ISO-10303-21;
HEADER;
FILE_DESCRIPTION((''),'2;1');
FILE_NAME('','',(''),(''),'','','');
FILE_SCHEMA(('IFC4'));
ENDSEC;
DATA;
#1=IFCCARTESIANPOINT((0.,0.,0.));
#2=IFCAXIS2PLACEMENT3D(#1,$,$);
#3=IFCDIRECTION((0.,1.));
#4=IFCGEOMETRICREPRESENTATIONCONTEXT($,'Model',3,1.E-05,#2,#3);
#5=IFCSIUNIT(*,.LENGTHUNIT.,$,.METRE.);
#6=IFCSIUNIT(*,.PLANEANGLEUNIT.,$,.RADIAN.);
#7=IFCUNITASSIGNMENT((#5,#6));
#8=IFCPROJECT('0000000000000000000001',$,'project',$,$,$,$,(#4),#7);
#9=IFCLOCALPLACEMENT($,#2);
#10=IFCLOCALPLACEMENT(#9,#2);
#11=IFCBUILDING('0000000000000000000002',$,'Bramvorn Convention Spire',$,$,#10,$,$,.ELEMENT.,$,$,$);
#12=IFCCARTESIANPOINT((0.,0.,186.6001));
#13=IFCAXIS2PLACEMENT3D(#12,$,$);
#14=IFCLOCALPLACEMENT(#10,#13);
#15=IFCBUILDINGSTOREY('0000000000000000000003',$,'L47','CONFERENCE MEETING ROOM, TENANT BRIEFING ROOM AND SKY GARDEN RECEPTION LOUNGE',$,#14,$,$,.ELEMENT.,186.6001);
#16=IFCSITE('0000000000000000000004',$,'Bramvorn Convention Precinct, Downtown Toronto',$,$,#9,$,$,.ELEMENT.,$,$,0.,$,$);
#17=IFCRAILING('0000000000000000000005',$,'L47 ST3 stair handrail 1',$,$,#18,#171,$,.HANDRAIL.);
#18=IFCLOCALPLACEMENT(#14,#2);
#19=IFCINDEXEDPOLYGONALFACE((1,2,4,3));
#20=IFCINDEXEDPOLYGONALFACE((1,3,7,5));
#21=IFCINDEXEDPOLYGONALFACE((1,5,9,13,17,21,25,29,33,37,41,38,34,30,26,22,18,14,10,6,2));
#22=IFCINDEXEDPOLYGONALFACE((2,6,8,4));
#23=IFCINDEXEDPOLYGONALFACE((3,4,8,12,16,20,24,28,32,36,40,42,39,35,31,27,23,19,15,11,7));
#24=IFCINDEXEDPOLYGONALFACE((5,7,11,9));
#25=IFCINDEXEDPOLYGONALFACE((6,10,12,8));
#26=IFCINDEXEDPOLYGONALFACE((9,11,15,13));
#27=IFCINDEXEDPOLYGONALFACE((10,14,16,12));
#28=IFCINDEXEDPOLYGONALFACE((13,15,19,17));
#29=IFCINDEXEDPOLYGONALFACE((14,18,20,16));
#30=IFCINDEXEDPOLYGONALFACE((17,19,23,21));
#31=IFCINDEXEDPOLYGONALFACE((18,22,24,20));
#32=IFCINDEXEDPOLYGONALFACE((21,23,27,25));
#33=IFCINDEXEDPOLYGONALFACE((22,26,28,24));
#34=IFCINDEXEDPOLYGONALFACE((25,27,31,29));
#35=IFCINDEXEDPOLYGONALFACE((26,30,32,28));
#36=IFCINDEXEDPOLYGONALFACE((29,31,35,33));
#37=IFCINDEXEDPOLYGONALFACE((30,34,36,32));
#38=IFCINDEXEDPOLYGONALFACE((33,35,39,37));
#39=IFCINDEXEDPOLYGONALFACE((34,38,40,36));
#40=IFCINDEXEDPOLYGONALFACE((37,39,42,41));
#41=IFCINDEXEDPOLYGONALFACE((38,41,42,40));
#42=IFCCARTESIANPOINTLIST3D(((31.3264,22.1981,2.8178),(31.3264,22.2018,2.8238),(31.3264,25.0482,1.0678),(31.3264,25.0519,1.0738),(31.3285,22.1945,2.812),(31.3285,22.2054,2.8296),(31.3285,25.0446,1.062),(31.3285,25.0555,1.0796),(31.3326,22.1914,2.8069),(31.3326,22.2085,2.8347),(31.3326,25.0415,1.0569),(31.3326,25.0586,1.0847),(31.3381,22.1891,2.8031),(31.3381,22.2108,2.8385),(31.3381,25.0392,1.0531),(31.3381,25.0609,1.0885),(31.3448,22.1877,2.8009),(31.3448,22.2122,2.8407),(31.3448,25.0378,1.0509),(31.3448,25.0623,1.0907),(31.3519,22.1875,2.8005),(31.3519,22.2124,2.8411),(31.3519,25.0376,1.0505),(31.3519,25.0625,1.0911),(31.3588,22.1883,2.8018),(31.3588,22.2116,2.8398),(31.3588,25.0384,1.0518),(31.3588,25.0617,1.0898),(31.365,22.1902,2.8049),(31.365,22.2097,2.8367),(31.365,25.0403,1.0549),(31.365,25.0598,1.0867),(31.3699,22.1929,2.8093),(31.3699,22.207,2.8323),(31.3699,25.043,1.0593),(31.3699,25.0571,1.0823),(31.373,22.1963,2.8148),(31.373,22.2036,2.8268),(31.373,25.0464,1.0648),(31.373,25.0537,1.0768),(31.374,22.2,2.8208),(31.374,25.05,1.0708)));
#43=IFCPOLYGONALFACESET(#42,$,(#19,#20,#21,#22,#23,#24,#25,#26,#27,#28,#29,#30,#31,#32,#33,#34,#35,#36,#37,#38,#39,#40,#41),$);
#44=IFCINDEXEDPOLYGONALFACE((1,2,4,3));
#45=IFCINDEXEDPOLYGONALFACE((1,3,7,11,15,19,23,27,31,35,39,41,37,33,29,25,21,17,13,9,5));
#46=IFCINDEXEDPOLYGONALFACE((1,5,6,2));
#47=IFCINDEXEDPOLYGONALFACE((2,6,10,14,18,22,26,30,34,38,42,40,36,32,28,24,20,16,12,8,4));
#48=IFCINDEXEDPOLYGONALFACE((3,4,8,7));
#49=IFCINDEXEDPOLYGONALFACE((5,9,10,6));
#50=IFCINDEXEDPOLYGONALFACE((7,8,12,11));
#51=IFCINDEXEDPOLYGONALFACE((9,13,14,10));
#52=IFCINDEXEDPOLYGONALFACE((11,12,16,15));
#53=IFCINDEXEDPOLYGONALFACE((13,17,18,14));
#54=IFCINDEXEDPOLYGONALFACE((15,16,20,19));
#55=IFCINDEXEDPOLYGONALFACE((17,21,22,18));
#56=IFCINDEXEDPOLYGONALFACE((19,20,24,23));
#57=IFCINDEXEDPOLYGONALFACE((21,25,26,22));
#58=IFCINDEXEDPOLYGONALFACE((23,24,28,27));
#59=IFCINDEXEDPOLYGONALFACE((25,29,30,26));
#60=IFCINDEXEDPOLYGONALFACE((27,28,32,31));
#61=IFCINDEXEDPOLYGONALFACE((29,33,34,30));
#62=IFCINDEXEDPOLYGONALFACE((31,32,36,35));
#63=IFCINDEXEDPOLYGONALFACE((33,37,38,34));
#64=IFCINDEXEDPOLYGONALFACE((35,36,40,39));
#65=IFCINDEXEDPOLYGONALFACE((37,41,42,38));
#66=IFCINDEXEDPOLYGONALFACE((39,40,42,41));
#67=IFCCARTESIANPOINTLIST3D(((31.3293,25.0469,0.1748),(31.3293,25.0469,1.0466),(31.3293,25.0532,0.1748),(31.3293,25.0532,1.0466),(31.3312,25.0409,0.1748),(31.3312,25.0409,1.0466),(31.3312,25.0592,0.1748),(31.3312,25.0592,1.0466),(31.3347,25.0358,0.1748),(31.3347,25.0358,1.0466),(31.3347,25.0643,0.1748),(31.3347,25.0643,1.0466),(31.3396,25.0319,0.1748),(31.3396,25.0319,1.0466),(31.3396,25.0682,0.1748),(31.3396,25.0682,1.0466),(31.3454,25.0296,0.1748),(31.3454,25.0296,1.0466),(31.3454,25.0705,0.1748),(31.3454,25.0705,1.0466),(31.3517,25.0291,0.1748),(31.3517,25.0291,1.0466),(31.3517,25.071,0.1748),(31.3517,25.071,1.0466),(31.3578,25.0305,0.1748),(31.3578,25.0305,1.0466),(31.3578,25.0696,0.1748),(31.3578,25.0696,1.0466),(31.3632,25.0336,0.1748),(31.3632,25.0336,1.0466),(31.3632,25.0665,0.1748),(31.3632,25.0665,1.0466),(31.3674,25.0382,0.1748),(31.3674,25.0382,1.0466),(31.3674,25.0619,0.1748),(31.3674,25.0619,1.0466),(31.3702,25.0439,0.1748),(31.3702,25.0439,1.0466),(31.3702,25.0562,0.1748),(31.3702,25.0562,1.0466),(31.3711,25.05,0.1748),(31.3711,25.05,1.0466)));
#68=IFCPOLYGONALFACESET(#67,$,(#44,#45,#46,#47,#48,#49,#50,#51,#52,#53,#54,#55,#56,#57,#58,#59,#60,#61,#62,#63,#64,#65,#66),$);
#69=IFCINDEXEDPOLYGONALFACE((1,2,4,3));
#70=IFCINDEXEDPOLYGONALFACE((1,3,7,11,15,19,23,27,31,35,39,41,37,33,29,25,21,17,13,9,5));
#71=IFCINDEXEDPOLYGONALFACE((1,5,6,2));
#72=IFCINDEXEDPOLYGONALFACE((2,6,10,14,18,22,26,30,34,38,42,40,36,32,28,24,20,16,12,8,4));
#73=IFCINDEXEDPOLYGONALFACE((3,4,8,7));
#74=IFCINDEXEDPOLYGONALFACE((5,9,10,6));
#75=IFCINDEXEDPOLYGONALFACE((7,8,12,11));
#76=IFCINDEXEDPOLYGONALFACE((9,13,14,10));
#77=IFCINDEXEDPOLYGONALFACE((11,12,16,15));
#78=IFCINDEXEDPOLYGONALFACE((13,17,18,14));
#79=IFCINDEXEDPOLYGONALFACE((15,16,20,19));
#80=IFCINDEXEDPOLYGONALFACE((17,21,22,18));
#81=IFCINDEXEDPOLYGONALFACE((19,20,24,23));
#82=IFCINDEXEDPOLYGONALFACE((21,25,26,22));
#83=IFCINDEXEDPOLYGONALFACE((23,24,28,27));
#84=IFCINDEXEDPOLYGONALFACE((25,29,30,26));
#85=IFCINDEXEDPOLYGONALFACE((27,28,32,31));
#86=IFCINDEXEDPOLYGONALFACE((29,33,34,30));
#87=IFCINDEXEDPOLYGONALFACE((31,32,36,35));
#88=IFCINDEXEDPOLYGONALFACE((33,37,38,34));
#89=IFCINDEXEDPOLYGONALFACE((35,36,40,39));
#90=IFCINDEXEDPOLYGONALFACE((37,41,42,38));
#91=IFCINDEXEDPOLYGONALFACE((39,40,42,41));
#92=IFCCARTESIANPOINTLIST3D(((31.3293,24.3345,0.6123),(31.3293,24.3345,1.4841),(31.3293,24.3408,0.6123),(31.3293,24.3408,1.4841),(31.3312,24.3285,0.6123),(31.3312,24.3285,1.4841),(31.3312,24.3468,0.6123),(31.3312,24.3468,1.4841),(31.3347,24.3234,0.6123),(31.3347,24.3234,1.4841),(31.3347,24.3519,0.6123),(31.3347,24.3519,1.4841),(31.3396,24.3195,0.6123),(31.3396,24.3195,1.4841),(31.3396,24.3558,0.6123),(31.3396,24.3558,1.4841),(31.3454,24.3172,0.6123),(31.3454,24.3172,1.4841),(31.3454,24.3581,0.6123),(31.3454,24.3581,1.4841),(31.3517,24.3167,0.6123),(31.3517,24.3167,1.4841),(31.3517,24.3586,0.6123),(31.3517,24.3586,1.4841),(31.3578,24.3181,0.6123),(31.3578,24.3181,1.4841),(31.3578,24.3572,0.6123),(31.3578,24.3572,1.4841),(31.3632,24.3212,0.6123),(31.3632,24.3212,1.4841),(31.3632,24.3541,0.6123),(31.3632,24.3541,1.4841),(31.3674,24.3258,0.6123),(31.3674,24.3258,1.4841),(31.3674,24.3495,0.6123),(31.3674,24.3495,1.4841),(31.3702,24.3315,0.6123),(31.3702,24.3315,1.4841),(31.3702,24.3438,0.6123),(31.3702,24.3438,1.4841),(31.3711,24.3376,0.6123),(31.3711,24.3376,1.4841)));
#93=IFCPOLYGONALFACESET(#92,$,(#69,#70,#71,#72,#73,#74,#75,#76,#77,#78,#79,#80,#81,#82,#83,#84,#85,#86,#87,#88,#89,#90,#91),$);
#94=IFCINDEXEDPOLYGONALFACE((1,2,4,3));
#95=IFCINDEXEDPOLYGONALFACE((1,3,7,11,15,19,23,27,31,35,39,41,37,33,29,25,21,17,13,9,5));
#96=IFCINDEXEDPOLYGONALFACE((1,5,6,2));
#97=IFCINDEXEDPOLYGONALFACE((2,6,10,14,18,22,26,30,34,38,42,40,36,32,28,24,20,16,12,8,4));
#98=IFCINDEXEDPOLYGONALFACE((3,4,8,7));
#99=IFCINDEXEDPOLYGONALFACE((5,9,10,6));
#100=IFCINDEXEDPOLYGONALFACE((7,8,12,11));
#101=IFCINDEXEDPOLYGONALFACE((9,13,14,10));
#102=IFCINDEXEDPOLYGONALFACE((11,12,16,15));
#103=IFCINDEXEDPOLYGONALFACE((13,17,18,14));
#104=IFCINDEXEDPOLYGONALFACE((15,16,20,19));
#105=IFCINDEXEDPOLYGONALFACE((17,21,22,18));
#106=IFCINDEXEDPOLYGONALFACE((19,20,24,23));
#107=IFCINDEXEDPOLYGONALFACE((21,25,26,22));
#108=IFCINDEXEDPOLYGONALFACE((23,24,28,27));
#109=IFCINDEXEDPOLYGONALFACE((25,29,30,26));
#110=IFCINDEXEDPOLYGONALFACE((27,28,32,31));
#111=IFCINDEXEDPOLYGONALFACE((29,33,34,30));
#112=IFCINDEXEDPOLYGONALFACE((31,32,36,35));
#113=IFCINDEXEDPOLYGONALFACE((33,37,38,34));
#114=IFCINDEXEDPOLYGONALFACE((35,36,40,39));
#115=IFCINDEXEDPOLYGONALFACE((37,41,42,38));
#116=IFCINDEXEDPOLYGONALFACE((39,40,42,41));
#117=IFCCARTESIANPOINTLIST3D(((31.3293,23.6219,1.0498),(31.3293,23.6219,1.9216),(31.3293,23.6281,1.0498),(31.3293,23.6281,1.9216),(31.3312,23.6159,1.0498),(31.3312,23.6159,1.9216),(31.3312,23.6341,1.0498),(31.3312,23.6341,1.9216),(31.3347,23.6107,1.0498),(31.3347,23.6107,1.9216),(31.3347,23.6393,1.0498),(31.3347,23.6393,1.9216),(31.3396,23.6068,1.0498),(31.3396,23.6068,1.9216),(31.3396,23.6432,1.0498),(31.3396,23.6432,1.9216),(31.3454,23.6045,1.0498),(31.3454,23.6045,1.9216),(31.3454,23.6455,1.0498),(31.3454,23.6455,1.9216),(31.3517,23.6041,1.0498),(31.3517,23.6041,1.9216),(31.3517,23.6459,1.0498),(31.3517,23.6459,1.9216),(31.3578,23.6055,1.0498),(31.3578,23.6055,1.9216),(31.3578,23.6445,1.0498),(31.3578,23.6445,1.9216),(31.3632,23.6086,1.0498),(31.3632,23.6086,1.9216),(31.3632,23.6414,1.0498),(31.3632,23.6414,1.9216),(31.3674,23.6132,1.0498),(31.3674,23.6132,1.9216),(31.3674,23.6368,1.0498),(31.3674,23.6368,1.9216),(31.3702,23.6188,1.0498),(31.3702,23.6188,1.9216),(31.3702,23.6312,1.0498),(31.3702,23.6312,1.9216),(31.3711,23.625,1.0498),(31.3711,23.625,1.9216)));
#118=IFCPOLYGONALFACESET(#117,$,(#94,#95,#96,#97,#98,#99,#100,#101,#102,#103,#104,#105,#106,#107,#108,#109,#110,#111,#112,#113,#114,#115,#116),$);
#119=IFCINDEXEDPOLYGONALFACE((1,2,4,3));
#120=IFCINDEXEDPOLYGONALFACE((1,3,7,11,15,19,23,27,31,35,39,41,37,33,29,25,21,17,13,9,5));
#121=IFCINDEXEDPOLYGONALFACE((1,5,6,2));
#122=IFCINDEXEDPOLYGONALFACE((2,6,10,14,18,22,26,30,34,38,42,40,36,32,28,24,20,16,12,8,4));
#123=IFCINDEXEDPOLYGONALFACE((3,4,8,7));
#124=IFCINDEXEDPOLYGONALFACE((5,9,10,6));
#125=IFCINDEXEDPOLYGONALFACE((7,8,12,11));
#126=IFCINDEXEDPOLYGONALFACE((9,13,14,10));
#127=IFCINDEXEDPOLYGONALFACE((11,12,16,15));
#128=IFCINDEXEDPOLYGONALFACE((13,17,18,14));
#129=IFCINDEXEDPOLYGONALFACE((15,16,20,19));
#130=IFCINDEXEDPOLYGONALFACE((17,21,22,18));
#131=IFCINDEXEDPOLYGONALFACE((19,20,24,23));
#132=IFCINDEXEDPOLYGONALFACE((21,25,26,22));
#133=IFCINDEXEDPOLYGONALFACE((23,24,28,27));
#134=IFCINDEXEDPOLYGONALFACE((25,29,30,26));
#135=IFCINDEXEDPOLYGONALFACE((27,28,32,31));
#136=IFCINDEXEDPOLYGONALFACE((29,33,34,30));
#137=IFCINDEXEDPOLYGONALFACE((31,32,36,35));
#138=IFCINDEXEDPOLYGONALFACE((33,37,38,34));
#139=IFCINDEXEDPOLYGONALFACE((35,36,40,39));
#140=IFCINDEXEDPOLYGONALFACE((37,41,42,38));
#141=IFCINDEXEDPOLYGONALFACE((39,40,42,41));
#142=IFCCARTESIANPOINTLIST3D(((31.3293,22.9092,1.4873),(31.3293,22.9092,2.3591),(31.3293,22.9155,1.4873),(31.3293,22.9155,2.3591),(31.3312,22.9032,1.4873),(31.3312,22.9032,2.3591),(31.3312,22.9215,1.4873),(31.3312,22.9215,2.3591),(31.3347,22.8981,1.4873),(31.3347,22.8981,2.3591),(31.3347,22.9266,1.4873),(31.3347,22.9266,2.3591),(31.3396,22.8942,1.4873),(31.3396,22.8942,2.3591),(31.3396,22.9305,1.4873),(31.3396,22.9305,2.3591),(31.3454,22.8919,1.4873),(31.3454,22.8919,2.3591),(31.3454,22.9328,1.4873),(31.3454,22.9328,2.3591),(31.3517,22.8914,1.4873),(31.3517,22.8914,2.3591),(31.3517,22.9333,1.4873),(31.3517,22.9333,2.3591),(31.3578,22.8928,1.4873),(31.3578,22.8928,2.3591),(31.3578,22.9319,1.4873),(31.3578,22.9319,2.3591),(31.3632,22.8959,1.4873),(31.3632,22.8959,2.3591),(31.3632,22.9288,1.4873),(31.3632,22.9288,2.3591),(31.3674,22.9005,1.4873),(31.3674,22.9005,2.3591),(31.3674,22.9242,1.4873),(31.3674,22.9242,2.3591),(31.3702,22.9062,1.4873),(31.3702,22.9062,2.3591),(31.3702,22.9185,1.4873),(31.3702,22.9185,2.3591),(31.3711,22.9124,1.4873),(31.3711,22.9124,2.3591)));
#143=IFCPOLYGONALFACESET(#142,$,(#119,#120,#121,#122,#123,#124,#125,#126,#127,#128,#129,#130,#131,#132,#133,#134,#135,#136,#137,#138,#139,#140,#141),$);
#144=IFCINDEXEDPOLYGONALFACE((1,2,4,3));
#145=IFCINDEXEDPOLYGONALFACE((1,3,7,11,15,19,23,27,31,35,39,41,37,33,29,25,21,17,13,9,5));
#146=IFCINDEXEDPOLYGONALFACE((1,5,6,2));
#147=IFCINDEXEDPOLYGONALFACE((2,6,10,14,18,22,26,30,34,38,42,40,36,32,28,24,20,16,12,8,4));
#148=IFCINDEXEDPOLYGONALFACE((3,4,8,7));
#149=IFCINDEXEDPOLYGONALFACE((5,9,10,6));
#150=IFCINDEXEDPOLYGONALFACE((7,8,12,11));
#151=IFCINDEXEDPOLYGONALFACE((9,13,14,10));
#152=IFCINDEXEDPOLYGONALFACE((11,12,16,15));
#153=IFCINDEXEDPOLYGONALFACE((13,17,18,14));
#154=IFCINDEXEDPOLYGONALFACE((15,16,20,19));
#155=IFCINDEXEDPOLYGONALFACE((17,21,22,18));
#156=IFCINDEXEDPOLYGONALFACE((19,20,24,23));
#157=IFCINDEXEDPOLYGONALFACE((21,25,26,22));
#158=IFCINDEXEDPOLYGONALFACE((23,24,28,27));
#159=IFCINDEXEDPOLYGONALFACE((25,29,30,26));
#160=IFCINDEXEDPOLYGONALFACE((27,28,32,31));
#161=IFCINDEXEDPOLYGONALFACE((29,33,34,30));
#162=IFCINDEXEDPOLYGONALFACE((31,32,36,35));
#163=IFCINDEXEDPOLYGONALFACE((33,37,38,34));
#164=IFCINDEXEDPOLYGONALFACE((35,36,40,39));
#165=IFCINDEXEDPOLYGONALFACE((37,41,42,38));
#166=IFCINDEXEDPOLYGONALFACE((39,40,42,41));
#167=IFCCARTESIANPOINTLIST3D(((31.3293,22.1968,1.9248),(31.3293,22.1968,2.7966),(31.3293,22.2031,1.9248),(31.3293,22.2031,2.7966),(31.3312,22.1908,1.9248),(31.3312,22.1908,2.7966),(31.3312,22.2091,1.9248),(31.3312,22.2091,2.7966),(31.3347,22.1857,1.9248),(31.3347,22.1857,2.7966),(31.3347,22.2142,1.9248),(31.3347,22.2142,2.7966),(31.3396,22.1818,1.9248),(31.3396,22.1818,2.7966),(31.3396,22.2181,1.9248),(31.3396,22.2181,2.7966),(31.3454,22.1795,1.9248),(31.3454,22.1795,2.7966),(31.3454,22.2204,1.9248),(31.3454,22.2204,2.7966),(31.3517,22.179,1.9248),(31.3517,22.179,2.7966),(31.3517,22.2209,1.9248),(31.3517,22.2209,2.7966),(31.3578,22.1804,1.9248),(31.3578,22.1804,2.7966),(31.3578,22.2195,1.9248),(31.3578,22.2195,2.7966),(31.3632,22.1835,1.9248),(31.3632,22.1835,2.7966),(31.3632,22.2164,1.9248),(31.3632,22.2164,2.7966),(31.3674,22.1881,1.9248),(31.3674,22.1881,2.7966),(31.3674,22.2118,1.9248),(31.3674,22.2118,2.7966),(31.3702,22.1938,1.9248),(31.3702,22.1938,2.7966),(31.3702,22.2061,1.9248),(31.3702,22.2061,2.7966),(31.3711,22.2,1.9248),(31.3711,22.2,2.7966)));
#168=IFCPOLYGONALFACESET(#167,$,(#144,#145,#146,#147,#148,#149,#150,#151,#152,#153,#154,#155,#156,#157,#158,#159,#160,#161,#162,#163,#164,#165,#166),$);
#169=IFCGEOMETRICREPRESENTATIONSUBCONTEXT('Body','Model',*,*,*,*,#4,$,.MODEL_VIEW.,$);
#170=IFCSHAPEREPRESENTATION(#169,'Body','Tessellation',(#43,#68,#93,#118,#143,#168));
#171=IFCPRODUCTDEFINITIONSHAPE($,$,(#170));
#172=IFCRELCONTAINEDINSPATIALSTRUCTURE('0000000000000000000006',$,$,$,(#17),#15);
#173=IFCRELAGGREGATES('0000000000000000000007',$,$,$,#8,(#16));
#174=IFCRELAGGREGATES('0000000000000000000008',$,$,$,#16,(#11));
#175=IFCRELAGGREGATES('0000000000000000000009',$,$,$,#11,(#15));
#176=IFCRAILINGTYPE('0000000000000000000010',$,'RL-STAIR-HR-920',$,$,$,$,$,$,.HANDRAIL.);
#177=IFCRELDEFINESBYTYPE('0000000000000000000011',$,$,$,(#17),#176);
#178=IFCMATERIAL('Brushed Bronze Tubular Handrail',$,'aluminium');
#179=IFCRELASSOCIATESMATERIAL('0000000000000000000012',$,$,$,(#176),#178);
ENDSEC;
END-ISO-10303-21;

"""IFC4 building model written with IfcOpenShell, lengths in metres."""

from ifc_helpers import new_model, si_unit, direction, frame, origin, origin_2d, place, context, subcontext, project, spatial, circle, extrude, material, type_object, element, save


model = new_model("IFC4")

# Units and contexts
model_context = context("Model", 3, precision=1e-05, world=origin(), true_north=direction((0.0, 1.0)))
body_context = subcontext(model_context, "Body", "Model", "MODEL_VIEW")
ifc_project = project(units=[si_unit("LENGTHUNIT", "METRE"), si_unit("PLANEANGLEUNIT", "RADIAN")], contexts=[model_context])

# Site, building, storey
site_placement = place(None, origin())
site = spatial("IfcSite", under=ifc_project, at=site_placement, Name="Bramvorn Convention Precinct, Downtown Toronto", CompositionType="ELEMENT", RefElevation=0.0)
building_placement = place(site_placement, origin())
building = spatial("IfcBuilding", under=site, at=building_placement, Name="Bramvorn Convention Spire", CompositionType="ELEMENT")
storey_placement = place(building_placement, frame((0.0, 0.0, 186.6001)))
storey = spatial("IfcBuildingStorey", under=building, at=storey_placement, Name="L47", Description="CONFERENCE MEETING ROOM, TENANT BRIEFING ROOM AND SKY GARDEN RECEPTION LOUNGE", CompositionType="ELEMENT", Elevation=186.6001)

# Railing
ifc_material_1 = material(Name="Brushed Bronze Tubular Handrail", Category="aluminium")
railing_type_1 = type_object("IfcRailingType", Name="RL-STAIR-HR-920", PredefinedType="HANDRAIL", material=ifc_material_1)
railing_1_placement = place(storey_placement, frame((31.3501, 25.05, 0.1748)))
element("IfcRailing", 1, at=railing_1_placement, inside=storey, type_object=railing_type_1, Name="L47 ST3 stair handrail 1", PredefinedType="HANDRAIL", context=body_context, shape_type="SweptSolid", body=[
    extrude(circle(Radius=0.0239, at=origin_2d()), frame((0.0, 0.0, 0.896), z_axis=(0.0, -0.852179, 0.52325), x_axis=(1.0, 0.0, 0.0)), (0.0, 0.0, 1.0), 3.3445),
    extrude(circle(Radius=0.021, at=origin_2d()), origin(), (0.0, 0.0, 1.0), 0.8718),
    extrude(circle(Radius=0.021, at=origin_2d()), frame((0.0, -0.7124, 0.4375)), (0.0, 0.0, 1.0), 0.8718),
    extrude(circle(Radius=0.021, at=origin_2d()), frame((0.0, -1.425, 0.875)), (0.0, 0.0, 1.0), 0.8718),
    extrude(circle(Radius=0.021, at=origin_2d()), frame((0.0, -2.1377, 1.3125)), (0.0, 0.0, 1.0), 0.8718),
    extrude(circle(Radius=0.021, at=origin_2d()), frame((0.0, -2.8501, 1.75)), (0.0, 0.0, 1.0), 0.8718),
])

save(model, "model.ifc")
